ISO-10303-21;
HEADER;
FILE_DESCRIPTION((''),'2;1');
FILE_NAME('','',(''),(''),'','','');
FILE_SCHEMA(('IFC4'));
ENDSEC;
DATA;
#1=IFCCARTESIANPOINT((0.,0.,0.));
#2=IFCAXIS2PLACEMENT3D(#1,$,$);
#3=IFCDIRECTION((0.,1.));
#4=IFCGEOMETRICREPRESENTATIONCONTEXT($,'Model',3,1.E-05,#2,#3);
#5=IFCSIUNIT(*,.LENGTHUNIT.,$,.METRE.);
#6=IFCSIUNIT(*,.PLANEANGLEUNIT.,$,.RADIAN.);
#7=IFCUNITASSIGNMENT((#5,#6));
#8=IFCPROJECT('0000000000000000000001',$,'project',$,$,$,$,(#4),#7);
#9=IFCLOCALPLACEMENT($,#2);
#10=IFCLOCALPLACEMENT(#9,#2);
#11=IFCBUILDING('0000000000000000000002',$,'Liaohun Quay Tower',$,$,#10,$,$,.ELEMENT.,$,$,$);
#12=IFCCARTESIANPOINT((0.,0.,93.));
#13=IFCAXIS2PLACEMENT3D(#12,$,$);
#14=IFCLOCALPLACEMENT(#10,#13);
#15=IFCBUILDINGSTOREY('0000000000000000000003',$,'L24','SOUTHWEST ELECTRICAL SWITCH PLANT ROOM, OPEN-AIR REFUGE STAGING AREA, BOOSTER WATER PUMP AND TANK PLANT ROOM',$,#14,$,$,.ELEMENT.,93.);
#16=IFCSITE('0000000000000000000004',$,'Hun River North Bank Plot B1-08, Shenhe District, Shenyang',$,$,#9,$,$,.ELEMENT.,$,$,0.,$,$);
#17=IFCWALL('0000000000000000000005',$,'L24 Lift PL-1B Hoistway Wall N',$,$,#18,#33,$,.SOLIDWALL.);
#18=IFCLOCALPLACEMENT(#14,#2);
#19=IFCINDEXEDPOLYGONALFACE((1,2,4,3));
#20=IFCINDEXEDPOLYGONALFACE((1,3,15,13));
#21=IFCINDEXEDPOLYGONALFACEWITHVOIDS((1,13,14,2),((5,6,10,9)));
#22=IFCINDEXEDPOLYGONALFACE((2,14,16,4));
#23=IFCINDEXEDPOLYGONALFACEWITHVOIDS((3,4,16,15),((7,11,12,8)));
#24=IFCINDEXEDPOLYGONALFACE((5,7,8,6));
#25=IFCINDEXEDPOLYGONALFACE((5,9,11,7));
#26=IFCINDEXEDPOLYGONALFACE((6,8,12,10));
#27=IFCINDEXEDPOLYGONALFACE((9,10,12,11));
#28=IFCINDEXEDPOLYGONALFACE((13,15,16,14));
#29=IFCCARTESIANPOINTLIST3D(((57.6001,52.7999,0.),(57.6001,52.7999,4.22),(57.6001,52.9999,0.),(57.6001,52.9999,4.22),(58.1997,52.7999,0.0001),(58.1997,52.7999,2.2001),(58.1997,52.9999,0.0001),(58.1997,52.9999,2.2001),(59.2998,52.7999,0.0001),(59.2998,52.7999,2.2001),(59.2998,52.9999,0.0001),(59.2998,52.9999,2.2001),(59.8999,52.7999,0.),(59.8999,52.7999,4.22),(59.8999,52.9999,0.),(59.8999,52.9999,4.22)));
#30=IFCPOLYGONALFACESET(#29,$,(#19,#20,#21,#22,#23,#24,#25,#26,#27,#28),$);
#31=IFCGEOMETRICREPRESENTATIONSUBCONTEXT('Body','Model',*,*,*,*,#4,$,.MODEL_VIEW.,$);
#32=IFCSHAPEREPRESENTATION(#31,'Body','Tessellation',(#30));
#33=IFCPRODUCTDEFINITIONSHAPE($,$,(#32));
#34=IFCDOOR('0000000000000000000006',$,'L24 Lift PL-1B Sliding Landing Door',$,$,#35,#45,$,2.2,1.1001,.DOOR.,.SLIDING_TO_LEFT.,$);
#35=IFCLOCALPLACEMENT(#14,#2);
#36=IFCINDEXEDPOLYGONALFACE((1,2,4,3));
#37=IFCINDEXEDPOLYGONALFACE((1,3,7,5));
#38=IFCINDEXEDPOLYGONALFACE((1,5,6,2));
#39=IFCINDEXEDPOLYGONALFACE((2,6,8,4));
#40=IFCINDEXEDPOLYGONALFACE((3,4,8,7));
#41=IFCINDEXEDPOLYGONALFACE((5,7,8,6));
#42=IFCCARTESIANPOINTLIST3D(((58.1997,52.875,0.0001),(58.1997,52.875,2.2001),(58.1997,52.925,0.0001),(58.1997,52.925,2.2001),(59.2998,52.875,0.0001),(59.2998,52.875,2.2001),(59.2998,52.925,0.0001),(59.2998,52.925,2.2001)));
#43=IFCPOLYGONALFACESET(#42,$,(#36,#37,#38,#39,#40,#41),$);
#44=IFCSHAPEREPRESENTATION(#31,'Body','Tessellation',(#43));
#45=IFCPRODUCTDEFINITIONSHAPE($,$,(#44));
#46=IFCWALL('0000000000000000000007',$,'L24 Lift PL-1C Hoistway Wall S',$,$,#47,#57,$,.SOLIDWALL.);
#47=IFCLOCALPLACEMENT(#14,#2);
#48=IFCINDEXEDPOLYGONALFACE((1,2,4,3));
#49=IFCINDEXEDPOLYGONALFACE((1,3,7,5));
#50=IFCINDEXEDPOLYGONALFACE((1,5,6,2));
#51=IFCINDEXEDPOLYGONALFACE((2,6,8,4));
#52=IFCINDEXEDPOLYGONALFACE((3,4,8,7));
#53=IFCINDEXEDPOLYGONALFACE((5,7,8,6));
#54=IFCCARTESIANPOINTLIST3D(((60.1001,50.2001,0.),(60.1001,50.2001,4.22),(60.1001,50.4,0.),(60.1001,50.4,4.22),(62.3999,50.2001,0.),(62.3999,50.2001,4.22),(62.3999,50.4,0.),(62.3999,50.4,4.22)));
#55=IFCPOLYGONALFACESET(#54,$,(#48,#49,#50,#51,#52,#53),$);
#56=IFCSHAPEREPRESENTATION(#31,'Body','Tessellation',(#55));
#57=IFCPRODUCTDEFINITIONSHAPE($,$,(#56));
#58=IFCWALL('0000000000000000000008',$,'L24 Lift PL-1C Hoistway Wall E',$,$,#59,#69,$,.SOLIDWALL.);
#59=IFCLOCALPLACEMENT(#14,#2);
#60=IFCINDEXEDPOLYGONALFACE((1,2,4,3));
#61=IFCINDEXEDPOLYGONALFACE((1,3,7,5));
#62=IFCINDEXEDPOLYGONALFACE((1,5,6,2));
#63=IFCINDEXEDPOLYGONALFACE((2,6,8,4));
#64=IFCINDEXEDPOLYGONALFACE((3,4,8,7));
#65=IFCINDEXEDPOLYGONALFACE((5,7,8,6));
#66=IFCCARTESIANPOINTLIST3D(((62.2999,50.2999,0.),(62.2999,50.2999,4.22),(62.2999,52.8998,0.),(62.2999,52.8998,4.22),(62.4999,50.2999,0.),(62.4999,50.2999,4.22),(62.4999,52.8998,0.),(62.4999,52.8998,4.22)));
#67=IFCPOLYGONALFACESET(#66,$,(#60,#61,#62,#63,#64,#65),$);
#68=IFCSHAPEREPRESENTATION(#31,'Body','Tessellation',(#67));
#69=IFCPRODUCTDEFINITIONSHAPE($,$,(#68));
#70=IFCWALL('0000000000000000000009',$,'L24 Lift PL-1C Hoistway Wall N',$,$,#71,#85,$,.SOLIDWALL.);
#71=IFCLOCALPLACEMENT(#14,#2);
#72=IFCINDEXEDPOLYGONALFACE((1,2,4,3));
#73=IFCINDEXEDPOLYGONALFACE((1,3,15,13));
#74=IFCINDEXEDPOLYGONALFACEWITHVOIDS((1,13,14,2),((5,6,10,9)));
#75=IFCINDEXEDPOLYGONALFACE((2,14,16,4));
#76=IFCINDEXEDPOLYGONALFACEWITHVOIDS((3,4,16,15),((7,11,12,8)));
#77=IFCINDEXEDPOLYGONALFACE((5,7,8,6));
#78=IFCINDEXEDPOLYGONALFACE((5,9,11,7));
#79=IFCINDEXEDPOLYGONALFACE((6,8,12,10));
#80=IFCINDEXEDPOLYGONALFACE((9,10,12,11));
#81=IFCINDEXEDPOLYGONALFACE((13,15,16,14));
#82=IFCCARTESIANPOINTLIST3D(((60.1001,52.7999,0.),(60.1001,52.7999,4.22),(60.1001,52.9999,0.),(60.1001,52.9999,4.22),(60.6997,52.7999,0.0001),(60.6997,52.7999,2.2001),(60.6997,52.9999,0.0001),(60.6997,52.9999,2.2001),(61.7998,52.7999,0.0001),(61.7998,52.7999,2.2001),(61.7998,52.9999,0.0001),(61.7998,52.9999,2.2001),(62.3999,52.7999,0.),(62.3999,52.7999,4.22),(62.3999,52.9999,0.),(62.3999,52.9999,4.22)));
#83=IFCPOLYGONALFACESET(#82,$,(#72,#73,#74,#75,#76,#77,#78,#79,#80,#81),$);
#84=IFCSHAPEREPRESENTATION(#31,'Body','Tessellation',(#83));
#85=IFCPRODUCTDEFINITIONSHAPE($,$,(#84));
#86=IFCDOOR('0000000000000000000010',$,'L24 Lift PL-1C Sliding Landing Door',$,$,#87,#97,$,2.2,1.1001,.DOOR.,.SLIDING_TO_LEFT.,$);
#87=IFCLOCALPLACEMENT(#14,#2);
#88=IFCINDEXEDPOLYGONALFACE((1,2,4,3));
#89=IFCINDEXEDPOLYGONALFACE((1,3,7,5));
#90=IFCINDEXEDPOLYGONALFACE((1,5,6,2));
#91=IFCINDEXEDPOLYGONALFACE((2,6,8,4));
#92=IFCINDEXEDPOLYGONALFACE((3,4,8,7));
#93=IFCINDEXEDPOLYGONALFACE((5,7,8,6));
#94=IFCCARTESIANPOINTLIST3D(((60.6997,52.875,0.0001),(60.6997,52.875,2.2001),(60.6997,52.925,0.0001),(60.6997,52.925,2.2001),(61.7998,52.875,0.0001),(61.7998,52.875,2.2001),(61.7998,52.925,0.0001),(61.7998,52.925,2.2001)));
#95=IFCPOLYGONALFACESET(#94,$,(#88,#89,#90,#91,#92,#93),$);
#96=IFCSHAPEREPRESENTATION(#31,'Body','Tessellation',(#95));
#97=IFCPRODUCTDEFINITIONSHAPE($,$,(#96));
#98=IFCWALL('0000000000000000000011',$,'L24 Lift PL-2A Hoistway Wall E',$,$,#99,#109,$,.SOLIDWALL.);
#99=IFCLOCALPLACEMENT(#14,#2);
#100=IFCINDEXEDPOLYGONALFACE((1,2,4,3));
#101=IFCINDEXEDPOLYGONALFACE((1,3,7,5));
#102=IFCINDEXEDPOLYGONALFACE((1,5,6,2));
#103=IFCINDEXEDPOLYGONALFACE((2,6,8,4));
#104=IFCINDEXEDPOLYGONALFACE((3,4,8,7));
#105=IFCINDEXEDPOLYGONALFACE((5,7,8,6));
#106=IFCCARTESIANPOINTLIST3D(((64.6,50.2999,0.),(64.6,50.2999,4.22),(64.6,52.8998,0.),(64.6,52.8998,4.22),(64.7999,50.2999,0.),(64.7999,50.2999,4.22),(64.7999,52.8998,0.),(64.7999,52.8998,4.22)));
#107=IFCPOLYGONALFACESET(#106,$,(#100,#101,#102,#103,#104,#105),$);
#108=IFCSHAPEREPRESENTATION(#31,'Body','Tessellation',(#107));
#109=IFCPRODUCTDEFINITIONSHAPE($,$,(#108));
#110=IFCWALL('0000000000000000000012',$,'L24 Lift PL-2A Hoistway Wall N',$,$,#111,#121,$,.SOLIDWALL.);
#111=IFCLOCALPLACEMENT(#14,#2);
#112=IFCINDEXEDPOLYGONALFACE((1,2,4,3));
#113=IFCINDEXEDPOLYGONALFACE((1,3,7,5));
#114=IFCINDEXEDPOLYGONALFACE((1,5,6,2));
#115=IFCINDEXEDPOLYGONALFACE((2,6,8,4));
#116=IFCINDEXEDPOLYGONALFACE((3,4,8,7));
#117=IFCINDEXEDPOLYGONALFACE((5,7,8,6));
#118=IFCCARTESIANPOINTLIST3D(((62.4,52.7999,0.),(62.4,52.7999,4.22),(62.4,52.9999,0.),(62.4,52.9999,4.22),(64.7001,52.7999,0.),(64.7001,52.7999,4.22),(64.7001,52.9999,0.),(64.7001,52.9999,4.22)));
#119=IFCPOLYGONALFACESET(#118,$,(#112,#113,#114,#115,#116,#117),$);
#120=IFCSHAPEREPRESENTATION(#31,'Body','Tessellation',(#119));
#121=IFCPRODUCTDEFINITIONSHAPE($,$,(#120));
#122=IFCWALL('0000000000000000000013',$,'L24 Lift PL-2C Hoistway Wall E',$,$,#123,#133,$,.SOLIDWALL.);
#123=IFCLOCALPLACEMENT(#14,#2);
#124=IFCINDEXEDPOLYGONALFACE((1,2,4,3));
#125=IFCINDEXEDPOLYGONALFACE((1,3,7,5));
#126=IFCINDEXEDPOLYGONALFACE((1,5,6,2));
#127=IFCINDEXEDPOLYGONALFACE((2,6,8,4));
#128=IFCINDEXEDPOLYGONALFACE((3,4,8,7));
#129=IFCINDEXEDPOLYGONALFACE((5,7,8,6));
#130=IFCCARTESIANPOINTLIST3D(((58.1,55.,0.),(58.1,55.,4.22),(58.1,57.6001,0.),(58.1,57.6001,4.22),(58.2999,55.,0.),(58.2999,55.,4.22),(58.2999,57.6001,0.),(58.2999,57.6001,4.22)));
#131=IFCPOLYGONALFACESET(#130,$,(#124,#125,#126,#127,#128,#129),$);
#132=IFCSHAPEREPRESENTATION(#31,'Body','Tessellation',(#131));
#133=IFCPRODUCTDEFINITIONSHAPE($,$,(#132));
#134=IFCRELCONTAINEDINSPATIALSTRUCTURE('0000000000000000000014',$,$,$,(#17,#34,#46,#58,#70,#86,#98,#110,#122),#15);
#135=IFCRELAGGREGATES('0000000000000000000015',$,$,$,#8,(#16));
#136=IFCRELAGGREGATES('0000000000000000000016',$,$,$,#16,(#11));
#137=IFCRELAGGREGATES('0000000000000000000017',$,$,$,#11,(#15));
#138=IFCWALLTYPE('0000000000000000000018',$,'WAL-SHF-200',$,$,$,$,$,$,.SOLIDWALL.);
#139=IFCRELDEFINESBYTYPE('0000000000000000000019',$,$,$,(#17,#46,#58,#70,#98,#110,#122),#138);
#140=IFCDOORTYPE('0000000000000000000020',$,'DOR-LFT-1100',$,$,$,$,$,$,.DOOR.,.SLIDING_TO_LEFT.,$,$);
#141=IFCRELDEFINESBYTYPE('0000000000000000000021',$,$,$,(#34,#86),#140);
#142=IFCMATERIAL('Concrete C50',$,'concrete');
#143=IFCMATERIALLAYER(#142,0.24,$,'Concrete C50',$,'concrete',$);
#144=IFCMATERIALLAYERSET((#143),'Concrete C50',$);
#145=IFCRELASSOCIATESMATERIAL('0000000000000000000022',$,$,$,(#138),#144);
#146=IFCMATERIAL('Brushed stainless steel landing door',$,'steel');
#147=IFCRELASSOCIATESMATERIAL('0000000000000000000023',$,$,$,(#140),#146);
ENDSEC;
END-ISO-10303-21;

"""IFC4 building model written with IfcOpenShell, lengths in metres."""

from ifc_helpers import new_model, si_unit, direction, frame, frame_2d, origin, place, context, subcontext, project, spatial, rectangle, extrude, source, transform, mapped, material, layer, layer_set, type_object, element, fill, save


model = new_model("IFC4")

# Units and contexts
model_context = context("Model", 3, precision=1e-05, world=origin(), true_north=direction((0.0, 1.0)))
body_context = subcontext(model_context, "Body", "Model", "MODEL_VIEW")
ifc_project = project(units=[si_unit("LENGTHUNIT", "METRE"), si_unit("PLANEANGLEUNIT", "RADIAN")], contexts=[model_context])

# Site, building, storey
site_placement = place(None, origin())
site = spatial("IfcSite", under=ifc_project, at=site_placement, Name="Hun River North Bank Plot B1-08, Shenhe District, Shenyang", CompositionType="ELEMENT", RefElevation=0.0)
building_placement = place(site_placement, origin())
building = spatial("IfcBuilding", under=site, at=building_placement, Name="Liaohun Quay Tower", CompositionType="ELEMENT")
storey_placement = place(building_placement, frame((0.0, 0.0, 93.0)))
storey = spatial("IfcBuildingStorey", under=building, at=storey_placement, Name="L24", Description="SOUTHWEST ELECTRICAL SWITCH PLANT ROOM, OPEN-AIR REFUGE STAGING AREA, BOOSTER WATER PUMP AND TANK PLANT ROOM", CompositionType="ELEMENT", Elevation=93.0)

# Shared definitions
ifc_material_1 = material(Name="Concrete C50", Category="concrete")
ifc_layer_1 = layer(ifc_material_1, 0.24, Name="Concrete C50", Category="concrete")
ifc_layer_set_1 = layer_set([ifc_layer_1], Name="Concrete C50")
wall_type_1 = type_object("IfcWallType", Name="WAL-SHF-200", PredefinedType="SOLIDWALL", material=ifc_layer_set_1)

# Wall, opening, door
wall_1_placement = place(storey_placement, frame((59.8999, 52.8999, 0.0), z_axis=(0.0, 0.0, 1.0), x_axis=(-1.0, 0.0, 0.0)))
wall_1 = element("IfcWall", 1, at=wall_1_placement, inside=storey, type_object=wall_type_1, Name="L24 Lift PL-1B Hoistway Wall N", PredefinedType="SOLIDWALL", context=body_context, shape_type="SweptSolid", body=[
    extrude(rectangle(XDim=2.2998, YDim=0.2, at=frame_2d((1.1499, 0.0))), origin(), (0.0, 0.0, 1.0), 4.22),
])
shared_shape_1 = source(origin(), body_context, "Body", "SweptSolid", [
    extrude(rectangle(XDim=1.1001, YDim=2.2, at=frame_2d((0.55, 1.1001))), frame((0.0, 0.1099, 0.0), z_axis=(0.0, -1.0, 0.0), x_axis=(1.0, 0.0, 0.0)), (0.0, 0.0, 1.0), 0.22),
])
opening_1_placement = place(wall_1_placement, frame((0.6001, 0.0, 0.0)))
opening_1 = element("IfcOpeningElement", 2, at=opening_1_placement, cuts=wall_1, PredefinedType="OPENING", context=body_context, shape_type="MappedRepresentation", body=[
    mapped(shared_shape_1, transform((0.0, 0.0, 0.0), x_axis=(1.0, 0.0, 0.0), y_axis=(0.0, 1.0, 0.0), z_axis=(0.0, 0.0, 1.0), scale=1.0)),
])
ifc_material_2 = material(Name="Brushed stainless steel landing door", Category="steel")
door_type_1 = type_object("IfcDoorType", Name="DOR-LFT-1100", OperationType="SLIDING_TO_LEFT", PredefinedType="DOOR", material=ifc_material_2)
shared_shape_2 = source(origin(), body_context, "Body", "SweptSolid", [
    extrude(rectangle(XDim=1.1001, YDim=2.2, at=frame_2d((0.55, 1.1001))), frame((0.0, 0.0249, 0.0), z_axis=(0.0, -1.0, 0.0), x_axis=(1.0, 0.0, 0.0)), (0.0, 0.0, 1.0), 0.05),
])
door_1_placement = place(opening_1_placement, origin())
door_1 = element("IfcDoor", 3, at=door_1_placement, inside=storey, type_object=door_type_1, Name="L24 Lift PL-1B Sliding Landing Door", OperationType="SLIDING_TO_LEFT", OverallHeight=2.2, OverallWidth=1.1001, PredefinedType="DOOR", context=body_context, shape_type="MappedRepresentation", body=[
    mapped(shared_shape_2, transform((0.0, 0.0, 0.0), x_axis=(1.0, 0.0, 0.0), y_axis=(0.0, 1.0, 0.0), z_axis=(0.0, 0.0, 1.0), scale=1.0)),
])
fill(opening_1, door_1)

# Walls
wall_2_placement = place(storey_placement, frame((60.1001, 50.3, 0.0), z_axis=(0.0, 0.0, 1.0), x_axis=(1.0, 0.0, 0.0)))
element("IfcWall", 4, at=wall_2_placement, inside=storey, type_object=wall_type_1, Name="L24 Lift PL-1C Hoistway Wall S", PredefinedType="SOLIDWALL", context=body_context, shape_type="SweptSolid", body=[
    extrude(rectangle(XDim=2.2998, YDim=0.2, at=frame_2d((1.1499, 0.0))), origin(), (0.0, 0.0, 1.0), 4.22),
])
wall_3_placement = place(storey_placement, frame((62.3999, 50.3, 0.0), z_axis=(0.0, 0.0, 1.0), x_axis=(0.0, 1.0, 0.0)))
element("IfcWall", 5, at=wall_3_placement, inside=storey, type_object=wall_type_1, Name="L24 Lift PL-1C Hoistway Wall E", PredefinedType="SOLIDWALL", context=body_context, shape_type="SweptSolid", body=[
    extrude(rectangle(XDim=2.5999, YDim=0.2, at=frame_2d((1.2998, 0.0))), origin(), (0.0, 0.0, 1.0), 4.22),
])

# Wall, opening, door
wall_4_placement = place(storey_placement, frame((62.3999, 52.8999, 0.0), z_axis=(0.0, 0.0, 1.0), x_axis=(-1.0, 0.0, 0.0)))
wall_4 = element("IfcWall", 6, at=wall_4_placement, inside=storey, type_object=wall_type_1, Name="L24 Lift PL-1C Hoistway Wall N", PredefinedType="SOLIDWALL", context=body_context, shape_type="SweptSolid", body=[
    extrude(rectangle(XDim=2.2998, YDim=0.2, at=frame_2d((1.1499, 0.0))), origin(), (0.0, 0.0, 1.0), 4.22),
])
opening_2_placement = place(wall_4_placement, frame((0.6001, 0.0, 0.0)))
opening_2 = element("IfcOpeningElement", 7, at=opening_2_placement, cuts=wall_4, PredefinedType="OPENING", context=body_context, shape_type="MappedRepresentation", body=[
    mapped(shared_shape_1, transform((0.0, 0.0, 0.0), x_axis=(1.0, 0.0, 0.0), y_axis=(0.0, 1.0, 0.0), z_axis=(0.0, 0.0, 1.0), scale=1.0)),
])
door_2_placement = place(opening_2_placement, origin())
door_2 = element("IfcDoor", 8, at=door_2_placement, inside=storey, type_object=door_type_1, Name="L24 Lift PL-1C Sliding Landing Door", OperationType="SLIDING_TO_LEFT", OverallHeight=2.2, OverallWidth=1.1001, PredefinedType="DOOR", context=body_context, shape_type="MappedRepresentation", body=[
    mapped(shared_shape_2, transform((0.0, 0.0, 0.0), x_axis=(1.0, 0.0, 0.0), y_axis=(0.0, 1.0, 0.0), z_axis=(0.0, 0.0, 1.0), scale=1.0)),
])
fill(opening_2, door_2)

# Walls
wall_5_placement = place(storey_placement, frame((64.7, 50.3, 0.0), z_axis=(0.0, 0.0, 1.0), x_axis=(0.0, 1.0, 0.0)))
element("IfcWall", 9, at=wall_5_placement, inside=storey, type_object=wall_type_1, Name="L24 Lift PL-2A Hoistway Wall E", PredefinedType="SOLIDWALL", context=body_context, shape_type="SweptSolid", body=[
    extrude(rectangle(XDim=2.5999, YDim=0.2, at=frame_2d((1.2998, 0.0))), origin(), (0.0, 0.0, 1.0), 4.22),
])
wall_6_placement = place(storey_placement, frame((64.7, 52.8999, 0.0), z_axis=(0.0, 0.0, 1.0), x_axis=(-1.0, 0.0, 0.0)))
element("IfcWall", 10, at=wall_6_placement, inside=storey, type_object=wall_type_1, Name="L24 Lift PL-2A Hoistway Wall N", PredefinedType="SOLIDWALL", context=body_context, shape_type="SweptSolid", body=[
    extrude(rectangle(XDim=2.3, YDim=0.2, at=frame_2d((1.1499, 0.0))), origin(), (0.0, 0.0, 1.0), 4.22),
])
wall_7_placement = place(storey_placement, frame((58.2, 55.0, 0.0), z_axis=(0.0, 0.0, 1.0), x_axis=(0.0, 1.0, 0.0)))
element("IfcWall", 11, at=wall_7_placement, inside=storey, type_object=wall_type_1, Name="L24 Lift PL-2C Hoistway Wall E", PredefinedType="SOLIDWALL", context=body_context, shape_type="SweptSolid", body=[
    extrude(rectangle(XDim=2.6001, YDim=0.2, at=frame_2d((1.3, 0.0))), origin(), (0.0, 0.0, 1.0), 4.22),
])

save(model, "model.ifc")
